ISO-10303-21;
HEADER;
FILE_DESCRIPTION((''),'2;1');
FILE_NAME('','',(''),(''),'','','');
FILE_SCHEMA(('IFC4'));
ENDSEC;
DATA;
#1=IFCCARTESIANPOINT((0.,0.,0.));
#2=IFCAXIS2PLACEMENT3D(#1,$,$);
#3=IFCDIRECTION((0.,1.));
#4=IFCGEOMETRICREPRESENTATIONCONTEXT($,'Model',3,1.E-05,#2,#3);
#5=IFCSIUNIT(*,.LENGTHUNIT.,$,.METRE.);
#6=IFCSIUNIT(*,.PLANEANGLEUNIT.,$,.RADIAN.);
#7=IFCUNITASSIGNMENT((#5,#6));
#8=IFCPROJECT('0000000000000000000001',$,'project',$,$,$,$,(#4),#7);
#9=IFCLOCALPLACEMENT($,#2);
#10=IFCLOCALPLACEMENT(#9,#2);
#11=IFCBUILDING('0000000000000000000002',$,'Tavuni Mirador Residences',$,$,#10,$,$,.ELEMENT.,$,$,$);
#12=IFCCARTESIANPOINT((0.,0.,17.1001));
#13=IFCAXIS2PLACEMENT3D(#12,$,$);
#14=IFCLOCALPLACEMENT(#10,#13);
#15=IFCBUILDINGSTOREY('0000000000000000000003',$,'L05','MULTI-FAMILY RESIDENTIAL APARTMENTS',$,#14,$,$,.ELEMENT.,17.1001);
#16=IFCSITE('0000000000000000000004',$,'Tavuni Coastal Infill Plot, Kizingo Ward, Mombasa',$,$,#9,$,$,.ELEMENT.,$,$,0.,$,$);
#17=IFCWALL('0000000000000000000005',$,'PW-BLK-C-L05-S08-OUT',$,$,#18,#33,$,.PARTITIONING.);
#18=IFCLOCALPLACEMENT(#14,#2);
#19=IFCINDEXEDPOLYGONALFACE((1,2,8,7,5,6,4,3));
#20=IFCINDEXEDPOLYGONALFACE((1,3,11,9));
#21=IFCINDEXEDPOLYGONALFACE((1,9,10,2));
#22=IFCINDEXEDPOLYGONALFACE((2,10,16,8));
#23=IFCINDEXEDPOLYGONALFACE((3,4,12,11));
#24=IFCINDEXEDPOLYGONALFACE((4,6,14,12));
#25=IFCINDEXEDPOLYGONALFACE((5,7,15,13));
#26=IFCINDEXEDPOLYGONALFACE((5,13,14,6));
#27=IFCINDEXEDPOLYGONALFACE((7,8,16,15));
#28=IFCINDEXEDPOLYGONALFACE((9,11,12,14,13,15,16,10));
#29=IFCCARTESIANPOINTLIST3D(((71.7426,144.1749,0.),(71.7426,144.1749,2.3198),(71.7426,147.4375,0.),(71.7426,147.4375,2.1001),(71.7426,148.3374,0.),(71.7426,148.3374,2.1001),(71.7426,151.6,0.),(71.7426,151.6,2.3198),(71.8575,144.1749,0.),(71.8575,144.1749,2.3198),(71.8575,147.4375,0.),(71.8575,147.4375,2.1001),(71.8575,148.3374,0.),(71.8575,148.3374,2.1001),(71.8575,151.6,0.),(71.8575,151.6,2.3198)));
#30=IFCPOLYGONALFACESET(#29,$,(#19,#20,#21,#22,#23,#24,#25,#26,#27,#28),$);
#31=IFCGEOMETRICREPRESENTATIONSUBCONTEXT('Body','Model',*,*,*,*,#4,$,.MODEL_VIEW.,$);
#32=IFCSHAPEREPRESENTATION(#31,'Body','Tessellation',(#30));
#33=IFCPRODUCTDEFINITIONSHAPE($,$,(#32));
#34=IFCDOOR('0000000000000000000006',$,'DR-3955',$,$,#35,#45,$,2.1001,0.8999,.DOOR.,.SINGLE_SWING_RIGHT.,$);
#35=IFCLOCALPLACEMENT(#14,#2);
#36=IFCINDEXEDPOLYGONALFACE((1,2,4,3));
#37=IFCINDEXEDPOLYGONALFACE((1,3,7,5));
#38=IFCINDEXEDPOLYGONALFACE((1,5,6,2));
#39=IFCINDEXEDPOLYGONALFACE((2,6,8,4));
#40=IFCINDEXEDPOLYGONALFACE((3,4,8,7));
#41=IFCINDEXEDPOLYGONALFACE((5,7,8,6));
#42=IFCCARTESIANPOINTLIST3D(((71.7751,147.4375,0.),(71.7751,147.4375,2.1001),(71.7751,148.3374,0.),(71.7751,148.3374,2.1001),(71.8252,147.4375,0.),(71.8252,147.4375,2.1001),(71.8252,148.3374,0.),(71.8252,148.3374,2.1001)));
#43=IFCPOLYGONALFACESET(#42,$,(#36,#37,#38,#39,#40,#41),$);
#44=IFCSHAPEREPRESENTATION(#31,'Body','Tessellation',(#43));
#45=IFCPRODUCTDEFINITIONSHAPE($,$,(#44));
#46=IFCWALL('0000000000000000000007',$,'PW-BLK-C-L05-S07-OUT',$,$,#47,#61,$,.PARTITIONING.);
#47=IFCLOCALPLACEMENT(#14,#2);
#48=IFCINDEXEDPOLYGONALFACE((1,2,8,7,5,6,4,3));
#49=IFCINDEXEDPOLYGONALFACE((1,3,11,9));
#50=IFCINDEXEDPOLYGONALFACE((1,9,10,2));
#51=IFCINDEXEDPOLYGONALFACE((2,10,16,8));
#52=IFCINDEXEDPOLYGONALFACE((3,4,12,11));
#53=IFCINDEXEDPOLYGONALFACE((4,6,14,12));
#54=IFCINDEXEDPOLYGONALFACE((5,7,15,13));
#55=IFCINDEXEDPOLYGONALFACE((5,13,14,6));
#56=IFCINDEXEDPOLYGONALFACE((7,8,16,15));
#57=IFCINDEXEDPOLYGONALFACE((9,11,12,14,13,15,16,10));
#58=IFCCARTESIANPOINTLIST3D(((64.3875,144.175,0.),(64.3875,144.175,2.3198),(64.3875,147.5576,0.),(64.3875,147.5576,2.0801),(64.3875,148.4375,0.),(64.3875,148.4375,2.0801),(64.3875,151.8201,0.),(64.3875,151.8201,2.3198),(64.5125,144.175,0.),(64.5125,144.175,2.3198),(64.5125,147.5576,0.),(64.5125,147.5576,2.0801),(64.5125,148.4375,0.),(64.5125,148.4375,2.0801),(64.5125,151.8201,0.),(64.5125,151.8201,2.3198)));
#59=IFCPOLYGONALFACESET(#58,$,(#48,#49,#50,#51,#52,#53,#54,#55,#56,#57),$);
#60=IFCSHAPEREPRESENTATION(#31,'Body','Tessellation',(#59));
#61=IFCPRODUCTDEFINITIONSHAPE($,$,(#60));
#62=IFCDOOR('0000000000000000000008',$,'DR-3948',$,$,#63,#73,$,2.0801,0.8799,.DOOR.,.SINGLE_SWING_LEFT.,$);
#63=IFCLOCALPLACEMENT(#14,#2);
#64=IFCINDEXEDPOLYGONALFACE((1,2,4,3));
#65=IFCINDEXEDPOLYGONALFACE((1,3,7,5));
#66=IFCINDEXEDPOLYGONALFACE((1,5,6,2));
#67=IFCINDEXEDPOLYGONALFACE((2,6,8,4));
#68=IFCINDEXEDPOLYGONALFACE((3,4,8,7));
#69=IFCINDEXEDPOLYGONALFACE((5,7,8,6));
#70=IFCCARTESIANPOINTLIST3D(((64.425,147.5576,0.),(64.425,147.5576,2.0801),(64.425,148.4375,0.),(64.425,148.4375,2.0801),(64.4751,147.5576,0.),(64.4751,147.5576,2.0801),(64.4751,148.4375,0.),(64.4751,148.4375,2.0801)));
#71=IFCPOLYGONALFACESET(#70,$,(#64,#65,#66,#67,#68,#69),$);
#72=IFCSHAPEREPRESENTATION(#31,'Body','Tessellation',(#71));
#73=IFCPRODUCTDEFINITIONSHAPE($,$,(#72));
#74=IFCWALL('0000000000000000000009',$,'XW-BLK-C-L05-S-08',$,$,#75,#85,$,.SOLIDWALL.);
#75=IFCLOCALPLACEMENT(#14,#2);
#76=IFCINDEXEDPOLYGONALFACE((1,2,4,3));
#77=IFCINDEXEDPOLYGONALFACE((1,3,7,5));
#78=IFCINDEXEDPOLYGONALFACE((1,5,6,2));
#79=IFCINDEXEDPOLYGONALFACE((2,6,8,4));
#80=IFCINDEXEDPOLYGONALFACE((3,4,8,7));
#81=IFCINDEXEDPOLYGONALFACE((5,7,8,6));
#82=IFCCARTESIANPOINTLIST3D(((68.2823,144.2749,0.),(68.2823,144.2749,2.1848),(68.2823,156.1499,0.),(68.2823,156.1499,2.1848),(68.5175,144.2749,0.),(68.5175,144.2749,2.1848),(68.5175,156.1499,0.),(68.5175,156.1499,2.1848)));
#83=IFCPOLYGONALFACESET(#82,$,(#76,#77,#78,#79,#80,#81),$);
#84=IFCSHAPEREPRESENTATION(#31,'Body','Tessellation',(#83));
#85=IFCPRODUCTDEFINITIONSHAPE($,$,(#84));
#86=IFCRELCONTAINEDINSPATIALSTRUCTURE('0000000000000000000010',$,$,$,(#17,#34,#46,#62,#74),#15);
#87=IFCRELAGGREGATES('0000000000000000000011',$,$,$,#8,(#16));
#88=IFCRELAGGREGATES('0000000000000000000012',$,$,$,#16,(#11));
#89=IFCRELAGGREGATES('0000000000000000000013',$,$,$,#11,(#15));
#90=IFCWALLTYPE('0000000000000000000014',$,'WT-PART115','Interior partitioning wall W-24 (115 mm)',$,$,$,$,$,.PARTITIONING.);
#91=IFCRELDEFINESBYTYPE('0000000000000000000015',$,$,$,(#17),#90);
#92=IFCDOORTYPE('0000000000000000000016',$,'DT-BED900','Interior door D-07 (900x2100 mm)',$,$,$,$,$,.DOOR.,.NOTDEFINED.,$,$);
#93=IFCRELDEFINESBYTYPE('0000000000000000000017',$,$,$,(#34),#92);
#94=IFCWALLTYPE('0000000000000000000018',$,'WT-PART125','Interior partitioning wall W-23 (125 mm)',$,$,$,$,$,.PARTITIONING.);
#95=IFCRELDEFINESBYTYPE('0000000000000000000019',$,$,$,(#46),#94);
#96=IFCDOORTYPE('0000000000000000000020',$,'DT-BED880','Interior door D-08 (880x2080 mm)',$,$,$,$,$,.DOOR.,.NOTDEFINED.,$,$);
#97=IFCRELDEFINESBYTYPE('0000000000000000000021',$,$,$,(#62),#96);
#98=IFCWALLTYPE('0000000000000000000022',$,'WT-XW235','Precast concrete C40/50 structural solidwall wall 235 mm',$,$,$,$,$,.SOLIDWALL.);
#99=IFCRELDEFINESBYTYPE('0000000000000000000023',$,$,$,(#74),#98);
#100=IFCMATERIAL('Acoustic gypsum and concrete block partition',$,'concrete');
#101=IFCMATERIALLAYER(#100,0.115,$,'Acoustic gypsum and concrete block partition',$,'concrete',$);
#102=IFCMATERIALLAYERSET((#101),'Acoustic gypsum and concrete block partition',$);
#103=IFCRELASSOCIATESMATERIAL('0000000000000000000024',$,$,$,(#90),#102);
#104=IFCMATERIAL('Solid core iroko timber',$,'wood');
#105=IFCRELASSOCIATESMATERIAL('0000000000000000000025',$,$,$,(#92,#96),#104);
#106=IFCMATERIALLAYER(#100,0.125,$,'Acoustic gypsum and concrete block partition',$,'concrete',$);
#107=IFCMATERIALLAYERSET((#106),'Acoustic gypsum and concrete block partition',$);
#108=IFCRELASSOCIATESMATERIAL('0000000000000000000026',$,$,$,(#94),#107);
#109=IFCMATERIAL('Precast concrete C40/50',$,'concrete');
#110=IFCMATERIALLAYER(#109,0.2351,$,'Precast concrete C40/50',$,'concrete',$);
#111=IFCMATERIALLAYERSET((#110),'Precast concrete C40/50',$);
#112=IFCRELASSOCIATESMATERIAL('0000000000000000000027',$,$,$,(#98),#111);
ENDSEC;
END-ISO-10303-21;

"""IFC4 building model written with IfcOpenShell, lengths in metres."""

from ifc_helpers import new_model, si_unit, direction, frame, frame_2d, origin, place, context, subcontext, project, spatial, rectangle, extrude, material, layer, layer_set, type_object, element, fill, save


model = new_model("IFC4")

# Units and contexts
model_context = context("Model", 3, precision=1e-05, world=origin(), true_north=direction((0.0, 1.0)))
body_context = subcontext(model_context, "Body", "Model", "MODEL_VIEW")
ifc_project = project(units=[si_unit("LENGTHUNIT", "METRE"), si_unit("PLANEANGLEUNIT", "RADIAN")], contexts=[model_context])

# Site, building, storey
site_placement = place(None, origin())
site = spatial("IfcSite", under=ifc_project, at=site_placement, Name="Tavuni Coastal Infill Plot, Kizingo Ward, Mombasa", CompositionType="ELEMENT", RefElevation=0.0)
building_placement = place(site_placement, origin())
building = spatial("IfcBuilding", under=site, at=building_placement, Name="Tavuni Mirador Residences", CompositionType="ELEMENT")
storey_placement = place(building_placement, frame((0.0, 0.0, 17.1001)))
storey = spatial("IfcBuildingStorey", under=building, at=storey_placement, Name="L05", Description="MULTI-FAMILY RESIDENTIAL APARTMENTS", CompositionType="ELEMENT", Elevation=17.1001)

# Shared definitions
ifc_material_1 = material(Name="Precast concrete C40/50", Category="concrete")

# Walls, openings, doors
ifc_material_2 = material(Name="Acoustic gypsum and concrete block partition", Category="concrete")
ifc_layer_1 = layer(ifc_material_2, 0.115, Name="Acoustic gypsum and concrete block partition", Category="concrete")
ifc_layer_set_1 = layer_set([ifc_layer_1], Name="Acoustic gypsum and concrete block partition")
wall_type_1 = type_object("IfcWallType", Name="WT-PART115", Description="Interior partitioning wall W-24 (115 mm)", PredefinedType="PARTITIONING", material=ifc_layer_set_1)
wall_1_placement = place(storey_placement, frame((71.8, 144.175, 0.0), z_axis=(0.0, 0.0, 1.0), x_axis=(0.0, 1.0, 0.0)))
wall_1 = element("IfcWall", 1, at=wall_1_placement, inside=storey, type_object=wall_type_1, Name="PW-BLK-C-L05-S08-OUT", PredefinedType="PARTITIONING", context=body_context, shape_type="SweptSolid", body=[
    extrude(rectangle(XDim=7.425, YDim=0.115, at=frame_2d((3.7124, 0.0))), origin(), (0.0, 0.0, 1.0), 2.3198),
])
opening_1_placement = place(wall_1_placement, frame((3.2625, 0.0, 0.0)))
opening_1 = element("IfcOpeningElement", 2, at=opening_1_placement, cuts=wall_1, PredefinedType="OPENING", context=body_context, shape_type="SweptSolid", body=[
    extrude(rectangle(XDim=0.8999, YDim=2.1001, at=frame_2d((0.45, 1.05))), frame((0.0, 0.0674, 0.0), z_axis=(0.0, -1.0, 0.0), x_axis=(1.0, 0.0, 0.0)), (0.0, 0.0, 1.0), 0.135),
])
ifc_material_3 = material(Name="Solid core iroko timber", Category="wood")
door_type_1 = type_object("IfcDoorType", Name="DT-BED900", Description="Interior door D-07 (900x2100 mm)", OperationType="NOTDEFINED", PredefinedType="DOOR", material=ifc_material_3)
door_1_placement = place(opening_1_placement, origin())
door_1 = element("IfcDoor", 3, at=door_1_placement, inside=storey, type_object=door_type_1, Name="DR-3955", OperationType="SINGLE_SWING_RIGHT", OverallHeight=2.1001, OverallWidth=0.8999, PredefinedType="DOOR", context=body_context, shape_type="SweptSolid", body=[
    extrude(rectangle(XDim=0.8999, YDim=2.1001, at=frame_2d((0.45, 1.05))), frame((0.0, 0.0249, 0.0), z_axis=(0.0, -1.0, 0.0), x_axis=(1.0, 0.0, 0.0)), (0.0, 0.0, 1.0), 0.05),
])
fill(opening_1, door_1)
ifc_layer_2 = layer(ifc_material_2, 0.125, Name="Acoustic gypsum and concrete block partition", Category="concrete")
ifc_layer_set_2 = layer_set([ifc_layer_2], Name="Acoustic gypsum and concrete block partition")
wall_type_2 = type_object("IfcWallType", Name="WT-PART125", Description="Interior partitioning wall W-23 (125 mm)", PredefinedType="PARTITIONING", material=ifc_layer_set_2)
wall_2_placement = place(storey_placement, frame((64.45, 144.175, 0.0), z_axis=(0.0, 0.0, 1.0), x_axis=(0.0, 1.0, 0.0)))
wall_2 = element("IfcWall", 4, at=wall_2_placement, inside=storey, type_object=wall_type_2, Name="PW-BLK-C-L05-S07-OUT", PredefinedType="PARTITIONING", context=body_context, shape_type="SweptSolid", body=[
    extrude(rectangle(XDim=7.645, YDim=0.125, at=frame_2d((3.8225, 0.0))), origin(), (0.0, 0.0, 1.0), 2.3198),
])
opening_2_placement = place(wall_2_placement, frame((3.3826, 0.0, 0.0)))
opening_2 = element("IfcOpeningElement", 5, at=opening_2_placement, cuts=wall_2, PredefinedType="OPENING", context=body_context, shape_type="SweptSolid", body=[
    extrude(rectangle(XDim=0.8799, YDim=2.0801, at=frame_2d((0.4399, 1.04))), frame((0.0, 0.0725, 0.0), z_axis=(0.0, -1.0, 0.0), x_axis=(1.0, 0.0, 0.0)), (0.0, 0.0, 1.0), 0.145),
])
door_type_2 = type_object("IfcDoorType", Name="DT-BED880", Description="Interior door D-08 (880x2080 mm)", OperationType="NOTDEFINED", PredefinedType="DOOR", material=ifc_material_3)
door_2_placement = place(opening_2_placement, origin())
door_2 = element("IfcDoor", 6, at=door_2_placement, inside=storey, type_object=door_type_2, Name="DR-3948", OperationType="SINGLE_SWING_LEFT", OverallHeight=2.0801, OverallWidth=0.8799, PredefinedType="DOOR", context=body_context, shape_type="SweptSolid", body=[
    extrude(rectangle(XDim=0.8799, YDim=2.0801, at=frame_2d((0.4399, 1.04))), frame((0.0, 0.0249, 0.0), z_axis=(0.0, -1.0, 0.0), x_axis=(1.0, 0.0, 0.0)), (0.0, 0.0, 1.0), 0.05),
])
fill(opening_2, door_2)

# Wall
ifc_layer_3 = layer(ifc_material_1, 0.2351, Name="Precast concrete C40/50", Category="concrete")
ifc_layer_set_3 = layer_set([ifc_layer_3], Name="Precast concrete C40/50")
wall_type_3 = type_object("IfcWallType", Name="WT-XW235", Description="Precast concrete C40/50 structural solidwall wall 235 mm", PredefinedType="SOLIDWALL", material=ifc_layer_set_3)
wall_3_placement = place(storey_placement, frame((68.3999, 144.2749, 0.0), z_axis=(0.0, 0.0, 1.0), x_axis=(0.0, 1.0, 0.0)))
element("IfcWall", 7, at=wall_3_placement, inside=storey, type_object=wall_type_3, Name="XW-BLK-C-L05-S-08", PredefinedType="SOLIDWALL", context=body_context, shape_type="SweptSolid", body=[
    extrude(rectangle(XDim=11.875, YDim=0.2351, at=frame_2d((5.9375, 0.0))), origin(), (0.0, 0.0, 1.0), 2.1848),
])

save(model, "model.ifc")
